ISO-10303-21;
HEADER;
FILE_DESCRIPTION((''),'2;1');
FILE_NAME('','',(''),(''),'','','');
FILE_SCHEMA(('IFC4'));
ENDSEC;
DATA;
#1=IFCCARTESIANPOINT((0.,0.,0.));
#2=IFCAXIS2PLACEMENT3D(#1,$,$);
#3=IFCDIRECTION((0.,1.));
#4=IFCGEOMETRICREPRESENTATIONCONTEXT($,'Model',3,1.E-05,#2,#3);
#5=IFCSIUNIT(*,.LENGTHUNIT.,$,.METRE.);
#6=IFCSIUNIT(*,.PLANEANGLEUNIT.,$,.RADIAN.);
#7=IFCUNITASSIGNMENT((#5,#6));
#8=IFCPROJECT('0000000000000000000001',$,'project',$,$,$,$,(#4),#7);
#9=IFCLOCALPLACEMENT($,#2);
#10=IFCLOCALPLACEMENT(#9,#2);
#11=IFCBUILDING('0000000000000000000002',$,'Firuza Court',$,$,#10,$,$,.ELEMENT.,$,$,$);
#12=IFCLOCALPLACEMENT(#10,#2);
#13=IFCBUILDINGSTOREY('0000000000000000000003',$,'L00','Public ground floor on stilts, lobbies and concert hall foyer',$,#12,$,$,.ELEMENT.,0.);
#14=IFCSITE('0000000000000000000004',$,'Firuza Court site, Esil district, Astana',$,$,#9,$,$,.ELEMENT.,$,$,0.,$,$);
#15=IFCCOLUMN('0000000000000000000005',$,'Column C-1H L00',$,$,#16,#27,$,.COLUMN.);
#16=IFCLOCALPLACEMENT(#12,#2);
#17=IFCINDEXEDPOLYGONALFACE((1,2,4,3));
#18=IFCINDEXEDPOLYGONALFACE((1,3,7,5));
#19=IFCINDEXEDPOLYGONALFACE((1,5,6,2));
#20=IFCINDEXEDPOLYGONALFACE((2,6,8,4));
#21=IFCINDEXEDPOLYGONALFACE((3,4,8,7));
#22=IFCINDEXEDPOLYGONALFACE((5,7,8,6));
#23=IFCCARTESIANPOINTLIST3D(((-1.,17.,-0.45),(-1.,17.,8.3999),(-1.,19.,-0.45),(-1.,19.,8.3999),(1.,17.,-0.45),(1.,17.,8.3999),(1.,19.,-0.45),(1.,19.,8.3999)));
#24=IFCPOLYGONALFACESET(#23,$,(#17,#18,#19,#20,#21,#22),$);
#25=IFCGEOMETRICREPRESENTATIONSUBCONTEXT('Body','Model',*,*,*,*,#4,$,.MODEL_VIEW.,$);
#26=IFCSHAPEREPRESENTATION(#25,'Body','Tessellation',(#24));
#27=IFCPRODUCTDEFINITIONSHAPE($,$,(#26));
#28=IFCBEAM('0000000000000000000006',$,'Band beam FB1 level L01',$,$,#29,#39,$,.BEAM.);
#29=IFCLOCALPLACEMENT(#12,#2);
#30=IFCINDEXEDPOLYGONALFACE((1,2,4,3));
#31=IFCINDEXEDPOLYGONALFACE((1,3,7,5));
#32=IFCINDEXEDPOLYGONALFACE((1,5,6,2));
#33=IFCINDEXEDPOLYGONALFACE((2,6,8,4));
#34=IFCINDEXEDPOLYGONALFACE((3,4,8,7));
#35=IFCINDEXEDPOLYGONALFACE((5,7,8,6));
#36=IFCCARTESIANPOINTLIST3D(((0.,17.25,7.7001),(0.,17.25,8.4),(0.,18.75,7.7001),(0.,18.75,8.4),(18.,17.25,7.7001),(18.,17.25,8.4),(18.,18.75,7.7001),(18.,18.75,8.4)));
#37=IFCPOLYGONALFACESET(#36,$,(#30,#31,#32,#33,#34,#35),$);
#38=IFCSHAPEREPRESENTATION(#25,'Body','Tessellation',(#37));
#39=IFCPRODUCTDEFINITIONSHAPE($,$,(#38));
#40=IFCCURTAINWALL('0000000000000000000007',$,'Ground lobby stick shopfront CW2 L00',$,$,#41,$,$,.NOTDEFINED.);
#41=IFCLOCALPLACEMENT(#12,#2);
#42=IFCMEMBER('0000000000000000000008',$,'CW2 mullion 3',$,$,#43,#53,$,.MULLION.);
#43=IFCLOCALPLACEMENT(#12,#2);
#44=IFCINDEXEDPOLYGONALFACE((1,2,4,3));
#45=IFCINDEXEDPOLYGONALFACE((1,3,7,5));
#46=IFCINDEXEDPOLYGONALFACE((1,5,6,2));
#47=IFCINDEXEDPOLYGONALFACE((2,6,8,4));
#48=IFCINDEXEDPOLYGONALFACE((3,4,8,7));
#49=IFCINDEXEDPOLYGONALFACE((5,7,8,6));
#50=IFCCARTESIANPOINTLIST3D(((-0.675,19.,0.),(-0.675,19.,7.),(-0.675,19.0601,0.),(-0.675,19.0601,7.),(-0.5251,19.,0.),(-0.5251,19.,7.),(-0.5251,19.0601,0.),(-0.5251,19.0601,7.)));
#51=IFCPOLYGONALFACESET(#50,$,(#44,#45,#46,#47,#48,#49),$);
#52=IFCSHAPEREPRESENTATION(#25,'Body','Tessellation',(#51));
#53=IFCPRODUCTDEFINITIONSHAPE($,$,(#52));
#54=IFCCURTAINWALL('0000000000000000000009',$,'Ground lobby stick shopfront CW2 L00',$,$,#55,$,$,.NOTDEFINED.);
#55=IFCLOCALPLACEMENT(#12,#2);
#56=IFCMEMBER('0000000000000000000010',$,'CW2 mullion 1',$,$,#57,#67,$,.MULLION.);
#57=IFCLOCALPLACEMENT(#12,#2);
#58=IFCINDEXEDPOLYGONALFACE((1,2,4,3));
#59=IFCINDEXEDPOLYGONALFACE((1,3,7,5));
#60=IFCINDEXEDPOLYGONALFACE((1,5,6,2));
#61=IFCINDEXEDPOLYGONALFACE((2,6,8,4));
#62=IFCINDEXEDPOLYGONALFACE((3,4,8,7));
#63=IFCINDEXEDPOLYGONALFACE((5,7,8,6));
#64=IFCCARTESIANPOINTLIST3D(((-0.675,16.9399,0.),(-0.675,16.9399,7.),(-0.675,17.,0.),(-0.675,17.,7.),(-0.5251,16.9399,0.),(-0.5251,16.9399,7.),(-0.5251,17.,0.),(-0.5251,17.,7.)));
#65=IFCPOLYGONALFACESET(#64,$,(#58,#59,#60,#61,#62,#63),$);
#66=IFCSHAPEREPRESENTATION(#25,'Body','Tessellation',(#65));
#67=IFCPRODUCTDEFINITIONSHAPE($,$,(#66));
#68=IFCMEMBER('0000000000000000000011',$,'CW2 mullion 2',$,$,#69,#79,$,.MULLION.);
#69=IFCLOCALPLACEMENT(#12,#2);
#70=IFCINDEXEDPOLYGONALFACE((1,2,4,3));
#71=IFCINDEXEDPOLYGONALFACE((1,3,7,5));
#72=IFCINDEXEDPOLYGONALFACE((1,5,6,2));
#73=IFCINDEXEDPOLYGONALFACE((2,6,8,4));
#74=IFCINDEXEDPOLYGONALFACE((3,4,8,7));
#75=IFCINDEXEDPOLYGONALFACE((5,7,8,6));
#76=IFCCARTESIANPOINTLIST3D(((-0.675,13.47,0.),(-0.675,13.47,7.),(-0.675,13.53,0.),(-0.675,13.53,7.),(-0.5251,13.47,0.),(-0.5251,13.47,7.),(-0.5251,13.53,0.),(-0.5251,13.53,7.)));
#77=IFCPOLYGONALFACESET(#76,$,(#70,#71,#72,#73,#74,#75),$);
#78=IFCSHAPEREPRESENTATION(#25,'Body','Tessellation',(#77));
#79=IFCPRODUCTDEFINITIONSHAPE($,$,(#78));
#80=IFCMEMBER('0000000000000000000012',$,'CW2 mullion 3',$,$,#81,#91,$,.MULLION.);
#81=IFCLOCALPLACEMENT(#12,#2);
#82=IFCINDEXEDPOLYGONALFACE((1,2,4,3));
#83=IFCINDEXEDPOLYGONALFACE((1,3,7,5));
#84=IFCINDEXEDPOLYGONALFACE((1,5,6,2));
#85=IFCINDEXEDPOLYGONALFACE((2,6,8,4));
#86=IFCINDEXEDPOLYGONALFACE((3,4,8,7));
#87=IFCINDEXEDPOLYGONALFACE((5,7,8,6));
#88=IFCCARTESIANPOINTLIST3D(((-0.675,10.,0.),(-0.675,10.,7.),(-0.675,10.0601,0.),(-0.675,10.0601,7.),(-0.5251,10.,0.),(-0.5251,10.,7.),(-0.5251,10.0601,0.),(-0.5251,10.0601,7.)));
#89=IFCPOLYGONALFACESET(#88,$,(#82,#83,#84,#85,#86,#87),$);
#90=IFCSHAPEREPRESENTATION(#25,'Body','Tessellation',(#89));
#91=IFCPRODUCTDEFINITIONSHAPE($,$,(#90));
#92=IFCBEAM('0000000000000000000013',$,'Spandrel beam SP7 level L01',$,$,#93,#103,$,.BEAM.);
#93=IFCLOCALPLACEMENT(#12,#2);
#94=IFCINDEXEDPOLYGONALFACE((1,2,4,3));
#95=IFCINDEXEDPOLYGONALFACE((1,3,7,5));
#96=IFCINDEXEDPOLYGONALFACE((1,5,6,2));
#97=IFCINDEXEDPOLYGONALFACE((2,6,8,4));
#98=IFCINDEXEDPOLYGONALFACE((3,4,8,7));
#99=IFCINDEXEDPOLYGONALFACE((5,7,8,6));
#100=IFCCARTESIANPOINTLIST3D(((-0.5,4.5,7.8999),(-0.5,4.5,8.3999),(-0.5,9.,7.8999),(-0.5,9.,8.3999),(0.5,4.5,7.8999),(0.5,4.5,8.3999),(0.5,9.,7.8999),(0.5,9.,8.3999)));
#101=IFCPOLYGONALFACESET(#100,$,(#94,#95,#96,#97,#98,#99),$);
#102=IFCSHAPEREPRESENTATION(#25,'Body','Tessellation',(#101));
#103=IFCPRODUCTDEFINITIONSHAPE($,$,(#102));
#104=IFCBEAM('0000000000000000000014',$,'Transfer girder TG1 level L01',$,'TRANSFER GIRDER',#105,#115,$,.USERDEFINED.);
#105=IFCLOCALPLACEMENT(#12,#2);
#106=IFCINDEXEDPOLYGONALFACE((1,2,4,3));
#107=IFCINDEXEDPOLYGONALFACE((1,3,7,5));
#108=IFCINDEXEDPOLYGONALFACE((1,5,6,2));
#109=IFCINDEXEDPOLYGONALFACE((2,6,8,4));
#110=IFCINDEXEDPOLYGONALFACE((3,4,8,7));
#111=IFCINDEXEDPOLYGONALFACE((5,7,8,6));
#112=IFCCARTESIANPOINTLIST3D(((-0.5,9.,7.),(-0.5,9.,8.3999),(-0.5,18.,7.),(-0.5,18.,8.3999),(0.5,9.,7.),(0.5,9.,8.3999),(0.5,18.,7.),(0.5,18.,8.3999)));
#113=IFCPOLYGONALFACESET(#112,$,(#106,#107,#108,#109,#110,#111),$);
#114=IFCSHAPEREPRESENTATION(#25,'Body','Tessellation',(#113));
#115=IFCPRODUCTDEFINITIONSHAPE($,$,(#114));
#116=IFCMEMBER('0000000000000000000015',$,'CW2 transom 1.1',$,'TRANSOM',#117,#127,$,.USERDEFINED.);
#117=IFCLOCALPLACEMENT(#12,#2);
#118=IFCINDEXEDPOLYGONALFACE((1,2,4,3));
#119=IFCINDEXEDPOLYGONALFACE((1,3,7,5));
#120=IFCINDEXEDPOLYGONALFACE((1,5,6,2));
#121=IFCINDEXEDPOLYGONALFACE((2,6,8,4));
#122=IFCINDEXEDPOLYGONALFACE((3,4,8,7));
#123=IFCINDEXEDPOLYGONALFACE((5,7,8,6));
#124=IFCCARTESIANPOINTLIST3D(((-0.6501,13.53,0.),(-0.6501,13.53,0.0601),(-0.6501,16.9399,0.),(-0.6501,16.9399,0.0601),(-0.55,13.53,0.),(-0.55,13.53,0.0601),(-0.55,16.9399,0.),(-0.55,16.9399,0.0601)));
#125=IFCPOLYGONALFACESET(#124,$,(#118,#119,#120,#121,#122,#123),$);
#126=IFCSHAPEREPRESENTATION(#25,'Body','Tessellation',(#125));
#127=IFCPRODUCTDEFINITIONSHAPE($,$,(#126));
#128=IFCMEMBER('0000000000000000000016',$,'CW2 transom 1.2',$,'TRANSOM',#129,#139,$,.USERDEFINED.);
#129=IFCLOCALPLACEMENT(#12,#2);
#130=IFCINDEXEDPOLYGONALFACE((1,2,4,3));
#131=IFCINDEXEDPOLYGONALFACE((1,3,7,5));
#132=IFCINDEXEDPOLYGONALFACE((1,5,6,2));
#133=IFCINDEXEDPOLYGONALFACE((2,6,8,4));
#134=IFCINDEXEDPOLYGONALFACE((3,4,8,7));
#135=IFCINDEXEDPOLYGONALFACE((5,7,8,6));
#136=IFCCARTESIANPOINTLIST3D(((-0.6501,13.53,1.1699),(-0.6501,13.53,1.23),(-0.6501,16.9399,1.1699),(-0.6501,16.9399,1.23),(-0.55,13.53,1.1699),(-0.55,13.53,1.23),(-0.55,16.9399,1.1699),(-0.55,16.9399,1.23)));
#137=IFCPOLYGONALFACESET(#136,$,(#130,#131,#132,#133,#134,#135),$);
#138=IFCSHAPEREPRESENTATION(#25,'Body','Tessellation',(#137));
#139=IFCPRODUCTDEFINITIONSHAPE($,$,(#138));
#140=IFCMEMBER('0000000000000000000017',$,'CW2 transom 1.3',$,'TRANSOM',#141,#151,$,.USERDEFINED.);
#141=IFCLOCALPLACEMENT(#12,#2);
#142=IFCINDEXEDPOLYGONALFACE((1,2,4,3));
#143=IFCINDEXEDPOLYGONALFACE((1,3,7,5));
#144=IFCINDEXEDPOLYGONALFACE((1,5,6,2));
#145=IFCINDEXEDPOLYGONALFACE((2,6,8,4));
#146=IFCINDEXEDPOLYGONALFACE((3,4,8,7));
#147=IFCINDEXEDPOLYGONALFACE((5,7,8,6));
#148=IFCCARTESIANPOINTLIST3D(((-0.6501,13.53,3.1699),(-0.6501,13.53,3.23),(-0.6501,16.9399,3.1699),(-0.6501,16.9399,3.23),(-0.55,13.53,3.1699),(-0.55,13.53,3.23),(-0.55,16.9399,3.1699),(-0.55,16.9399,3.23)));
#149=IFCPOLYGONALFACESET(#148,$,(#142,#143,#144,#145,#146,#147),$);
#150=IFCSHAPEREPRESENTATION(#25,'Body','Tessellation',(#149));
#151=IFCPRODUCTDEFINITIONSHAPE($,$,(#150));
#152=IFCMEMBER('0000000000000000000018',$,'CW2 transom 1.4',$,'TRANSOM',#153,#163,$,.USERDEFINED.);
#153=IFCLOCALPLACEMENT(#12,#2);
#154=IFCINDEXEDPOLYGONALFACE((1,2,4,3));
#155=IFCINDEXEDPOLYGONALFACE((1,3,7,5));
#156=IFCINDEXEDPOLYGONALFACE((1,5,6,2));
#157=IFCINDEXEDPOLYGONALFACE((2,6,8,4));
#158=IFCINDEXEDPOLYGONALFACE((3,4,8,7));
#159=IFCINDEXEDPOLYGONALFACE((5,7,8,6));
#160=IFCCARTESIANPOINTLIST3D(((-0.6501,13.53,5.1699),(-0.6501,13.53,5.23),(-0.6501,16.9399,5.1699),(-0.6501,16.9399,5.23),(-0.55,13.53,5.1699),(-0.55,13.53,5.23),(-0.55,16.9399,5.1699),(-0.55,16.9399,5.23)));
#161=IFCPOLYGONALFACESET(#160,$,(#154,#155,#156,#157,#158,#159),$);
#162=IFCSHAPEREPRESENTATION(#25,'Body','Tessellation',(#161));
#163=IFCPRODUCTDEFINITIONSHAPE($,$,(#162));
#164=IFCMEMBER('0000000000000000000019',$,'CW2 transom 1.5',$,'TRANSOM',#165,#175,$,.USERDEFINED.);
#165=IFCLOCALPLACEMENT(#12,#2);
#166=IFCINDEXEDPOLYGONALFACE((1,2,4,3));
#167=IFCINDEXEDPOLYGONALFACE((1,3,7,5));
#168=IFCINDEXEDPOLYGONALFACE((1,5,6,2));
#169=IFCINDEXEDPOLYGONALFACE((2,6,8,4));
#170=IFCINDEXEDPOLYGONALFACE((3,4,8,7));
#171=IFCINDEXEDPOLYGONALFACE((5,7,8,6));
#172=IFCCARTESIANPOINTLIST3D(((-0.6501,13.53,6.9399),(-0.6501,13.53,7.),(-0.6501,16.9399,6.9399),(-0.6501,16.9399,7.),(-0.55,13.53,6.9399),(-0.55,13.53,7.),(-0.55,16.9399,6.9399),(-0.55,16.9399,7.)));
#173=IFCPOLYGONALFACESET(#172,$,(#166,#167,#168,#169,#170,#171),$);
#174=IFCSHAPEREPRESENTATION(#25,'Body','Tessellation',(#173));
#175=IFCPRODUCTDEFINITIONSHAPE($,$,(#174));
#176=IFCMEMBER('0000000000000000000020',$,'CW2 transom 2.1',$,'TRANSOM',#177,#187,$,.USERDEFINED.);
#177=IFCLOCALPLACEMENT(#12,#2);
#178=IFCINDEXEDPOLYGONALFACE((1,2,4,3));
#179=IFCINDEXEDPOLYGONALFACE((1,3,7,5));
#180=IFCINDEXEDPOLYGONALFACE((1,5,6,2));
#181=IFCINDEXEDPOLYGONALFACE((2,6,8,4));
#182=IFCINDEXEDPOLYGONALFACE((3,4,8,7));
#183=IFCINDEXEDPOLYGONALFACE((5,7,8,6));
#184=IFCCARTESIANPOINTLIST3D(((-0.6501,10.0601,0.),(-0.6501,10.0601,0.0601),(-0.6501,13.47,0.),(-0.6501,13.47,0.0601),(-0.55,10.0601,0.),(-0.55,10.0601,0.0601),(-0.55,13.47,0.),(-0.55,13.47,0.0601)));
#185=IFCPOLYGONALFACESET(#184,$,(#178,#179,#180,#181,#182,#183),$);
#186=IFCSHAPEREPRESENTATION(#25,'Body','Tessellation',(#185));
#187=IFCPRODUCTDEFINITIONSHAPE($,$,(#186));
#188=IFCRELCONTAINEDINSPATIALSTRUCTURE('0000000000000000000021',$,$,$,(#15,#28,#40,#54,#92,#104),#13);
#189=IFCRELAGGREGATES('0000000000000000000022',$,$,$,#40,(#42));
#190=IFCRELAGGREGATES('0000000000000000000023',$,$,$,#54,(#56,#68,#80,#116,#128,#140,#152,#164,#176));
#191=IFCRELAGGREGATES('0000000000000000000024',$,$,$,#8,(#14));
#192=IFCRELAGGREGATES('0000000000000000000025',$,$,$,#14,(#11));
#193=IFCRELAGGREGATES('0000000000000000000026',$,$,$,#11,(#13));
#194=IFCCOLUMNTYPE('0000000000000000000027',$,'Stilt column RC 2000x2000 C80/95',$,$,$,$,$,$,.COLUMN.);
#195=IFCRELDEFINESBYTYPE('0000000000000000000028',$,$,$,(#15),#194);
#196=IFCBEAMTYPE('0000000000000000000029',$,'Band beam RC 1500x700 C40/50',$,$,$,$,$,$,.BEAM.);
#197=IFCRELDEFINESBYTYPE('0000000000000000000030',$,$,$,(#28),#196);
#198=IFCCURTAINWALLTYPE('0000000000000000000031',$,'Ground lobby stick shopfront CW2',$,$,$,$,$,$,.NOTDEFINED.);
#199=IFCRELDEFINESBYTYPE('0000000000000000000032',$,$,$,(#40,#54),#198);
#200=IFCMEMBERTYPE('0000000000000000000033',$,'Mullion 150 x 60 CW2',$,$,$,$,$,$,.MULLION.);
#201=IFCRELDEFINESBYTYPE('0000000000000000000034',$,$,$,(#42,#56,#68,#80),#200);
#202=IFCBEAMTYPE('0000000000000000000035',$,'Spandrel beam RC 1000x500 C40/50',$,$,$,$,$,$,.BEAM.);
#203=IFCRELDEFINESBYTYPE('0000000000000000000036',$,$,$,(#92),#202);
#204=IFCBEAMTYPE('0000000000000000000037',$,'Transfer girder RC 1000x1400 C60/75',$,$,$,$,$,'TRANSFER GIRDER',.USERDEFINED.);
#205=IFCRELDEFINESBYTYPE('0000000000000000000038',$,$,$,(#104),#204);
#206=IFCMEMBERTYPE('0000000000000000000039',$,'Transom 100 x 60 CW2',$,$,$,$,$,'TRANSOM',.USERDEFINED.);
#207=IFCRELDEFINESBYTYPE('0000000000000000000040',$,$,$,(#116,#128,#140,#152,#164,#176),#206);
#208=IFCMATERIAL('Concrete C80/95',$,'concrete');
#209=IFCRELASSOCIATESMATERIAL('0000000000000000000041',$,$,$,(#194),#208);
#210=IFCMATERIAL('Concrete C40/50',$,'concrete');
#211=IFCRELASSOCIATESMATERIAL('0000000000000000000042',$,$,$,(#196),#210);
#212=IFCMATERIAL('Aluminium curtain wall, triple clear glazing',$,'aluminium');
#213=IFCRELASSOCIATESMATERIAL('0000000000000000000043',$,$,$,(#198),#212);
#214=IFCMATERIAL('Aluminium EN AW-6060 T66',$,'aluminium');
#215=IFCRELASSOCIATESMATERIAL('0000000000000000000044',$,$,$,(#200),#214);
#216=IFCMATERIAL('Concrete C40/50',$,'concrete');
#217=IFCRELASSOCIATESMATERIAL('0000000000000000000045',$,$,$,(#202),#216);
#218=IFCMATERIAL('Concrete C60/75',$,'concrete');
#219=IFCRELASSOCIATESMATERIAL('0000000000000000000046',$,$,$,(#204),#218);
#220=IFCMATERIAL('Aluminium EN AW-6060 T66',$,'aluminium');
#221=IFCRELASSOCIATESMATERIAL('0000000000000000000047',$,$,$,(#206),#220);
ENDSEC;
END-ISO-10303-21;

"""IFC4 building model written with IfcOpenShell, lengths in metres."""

from ifc_helpers import new_model, si_unit, direction, frame, origin, origin_2d, place, context, subcontext, project, spatial, rectangle, extrude, material, material_profile, profile_set, type_object, element, aggregate, save


model = new_model("IFC4")

# Units and contexts
model_context = context("Model", 3, precision=1e-05, world=origin(), true_north=direction((0.0, 1.0)))
body_context = subcontext(model_context, "Body", "Model", "MODEL_VIEW")
ifc_project = project(units=[si_unit("LENGTHUNIT", "METRE"), si_unit("PLANEANGLEUNIT", "RADIAN")], contexts=[model_context])

# Site, building, storey
site_placement = place(None, origin())
site = spatial("IfcSite", under=ifc_project, at=site_placement, Name="Firuza Court site, Esil district, Astana", CompositionType="ELEMENT", RefElevation=0.0)
building_placement = place(site_placement, origin())
building = spatial("IfcBuilding", under=site, at=building_placement, Name="Firuza Court", CompositionType="ELEMENT")
storey_placement = place(building_placement, origin())
storey = spatial("IfcBuildingStorey", under=building, at=storey_placement, Name="L00", Description="Public ground floor on stilts, lobbies and concert hall foyer", CompositionType="ELEMENT", Elevation=0.0)

# Column
ifc_material_1 = material(Name="Concrete C80/95", Category="concrete")
ifc_material_profile_1 = material_profile(ifc_material_1, rectangle(XDim=2.0, YDim=2.0, at=origin_2d()), Name="RC 2000x2000")
ifc_profile_set_1 = profile_set([ifc_material_profile_1], Name="Concrete C80/95")
column_type = type_object("IfcColumnType", Name="Stilt column RC 2000x2000 C80/95", PredefinedType="COLUMN", material=ifc_profile_set_1)
column_placement = place(storey_placement, frame((0.0, 18.0, -0.45), z_axis=(0.0, 0.0, 1.0), x_axis=(1.0, 0.0, 0.0)))
element("IfcColumn", 1, at=column_placement, inside=storey, type_object=column_type, Name="Column C-1H L00", PredefinedType="COLUMN", context=body_context, shape_type="SweptSolid", body=[
    extrude(rectangle(XDim=2.0, YDim=2.0, at=origin_2d()), origin(), (0.0, 0.0, 1.0), 8.8499),
])

# Beam
ifc_material_2 = material(Name="Concrete C40/50", Category="concrete")
ifc_material_profile_2 = material_profile(ifc_material_2, rectangle(XDim=1.5, YDim=0.7, at=origin_2d()), Name="RC 1500x700")
ifc_profile_set_2 = profile_set([ifc_material_profile_2], Name="Concrete C40/50")
beam_type_1 = type_object("IfcBeamType", Name="Band beam RC 1500x700 C40/50", PredefinedType="BEAM", material=ifc_profile_set_2)
beam_1_placement = place(storey_placement, frame((0.0, 18.0, 8.05), z_axis=(1.0, 0.0, 0.0), x_axis=(0.0, 1.0, 0.0)))
element("IfcBeam", 2, at=beam_1_placement, inside=storey, type_object=beam_type_1, Name="Band beam FB1 level L01", PredefinedType="BEAM", context=body_context, shape_type="SweptSolid", body=[
    extrude(rectangle(XDim=1.5, YDim=0.7, at=origin_2d()), origin(), (0.0, 0.0, 1.0), 18.0),
])

# Curtain wall, member
ifc_material_3 = material(Name="Aluminium curtain wall, triple clear glazing", Category="aluminium")
curtain_wall_type = type_object("IfcCurtainWallType", Name="Ground lobby stick shopfront CW2", PredefinedType="NOTDEFINED", material=ifc_material_3)
curtain_wall_1_placement = place(storey_placement, origin())
curtain_wall_1 = element("IfcCurtainWall", 3, at=curtain_wall_1_placement, inside=storey, type_object=curtain_wall_type, Name="Ground lobby stick shopfront CW2 L00", PredefinedType="NOTDEFINED")
ifc_material_4 = material(Name="Aluminium EN AW-6060 T66", Category="aluminium")
ifc_material_profile_3 = material_profile(ifc_material_4, rectangle(XDim=0.1499, YDim=0.0601, at=origin_2d()), Name="Mullion 150 x 60 CW2")
ifc_profile_set_3 = profile_set([ifc_material_profile_3], Name="Aluminium EN AW-6060 T66")
member_type_1 = type_object("IfcMemberType", Name="Mullion 150 x 60 CW2", PredefinedType="MULLION", material=ifc_profile_set_3)
member_1_placement = place(storey_placement, frame((-0.6001, 19.03, 0.0), z_axis=(0.0, 0.0, 1.0), x_axis=(1.0, 0.0, 0.0)))
member_1 = element("IfcMember", 4, at=member_1_placement, type_object=member_type_1, Name="CW2 mullion 3", PredefinedType="MULLION", context=body_context, shape_type="SweptSolid", body=[
    extrude(rectangle(XDim=0.1499, YDim=0.0601, at=origin_2d()), origin(), (0.0, 0.0, 1.0), 7.0),
])

# Curtain wall, members
curtain_wall_2_placement = place(storey_placement, origin())
curtain_wall_2 = element("IfcCurtainWall", 5, at=curtain_wall_2_placement, inside=storey, type_object=curtain_wall_type, Name="Ground lobby stick shopfront CW2 L00", PredefinedType="NOTDEFINED")
member_2_placement = place(storey_placement, frame((-0.6001, 16.97, 0.0), z_axis=(0.0, 0.0, 1.0), x_axis=(1.0, 0.0, 0.0)))
member_2 = element("IfcMember", 6, at=member_2_placement, type_object=member_type_1, Name="CW2 mullion 1", PredefinedType="MULLION", context=body_context, shape_type="SweptSolid", body=[
    extrude(rectangle(XDim=0.1499, YDim=0.0601, at=origin_2d()), origin(), (0.0, 0.0, 1.0), 7.0),
])
member_3_placement = place(storey_placement, frame((-0.6001, 13.5, 0.0), z_axis=(0.0, 0.0, 1.0), x_axis=(1.0, 0.0, 0.0)))
member_3 = element("IfcMember", 7, at=member_3_placement, type_object=member_type_1, Name="CW2 mullion 2", PredefinedType="MULLION", context=body_context, shape_type="SweptSolid", body=[
    extrude(rectangle(XDim=0.1499, YDim=0.0601, at=origin_2d()), origin(), (0.0, 0.0, 1.0), 7.0),
])
member_4_placement = place(storey_placement, frame((-0.6001, 10.03, 0.0), z_axis=(0.0, 0.0, 1.0), x_axis=(1.0, 0.0, 0.0)))
member_4 = element("IfcMember", 8, at=member_4_placement, type_object=member_type_1, Name="CW2 mullion 3", PredefinedType="MULLION", context=body_context, shape_type="SweptSolid", body=[
    extrude(rectangle(XDim=0.1499, YDim=0.0601, at=origin_2d()), origin(), (0.0, 0.0, 1.0), 7.0),
])

# Beams
ifc_material_5 = material(Name="Concrete C40/50", Category="concrete")
ifc_material_profile_4 = material_profile(ifc_material_5, rectangle(XDim=1.0, YDim=0.5, at=origin_2d()), Name="RC 1000x500")
ifc_profile_set_4 = profile_set([ifc_material_profile_4], Name="Concrete C40/50")
beam_type_2 = type_object("IfcBeamType", Name="Spandrel beam RC 1000x500 C40/50", PredefinedType="BEAM", material=ifc_profile_set_4)
beam_2_placement = place(storey_placement, frame((0.0, 9.0, 8.1499), z_axis=(0.0, -1.0, 0.0), x_axis=(1.0, 0.0, 0.0)))
element("IfcBeam", 9, at=beam_2_placement, inside=storey, type_object=beam_type_2, Name="Spandrel beam SP7 level L01", PredefinedType="BEAM", context=body_context, shape_type="SweptSolid", body=[
    extrude(rectangle(XDim=1.0, YDim=0.5, at=origin_2d()), origin(), (0.0, 0.0, 1.0), 4.5),
])
ifc_material_6 = material(Name="Concrete C60/75", Category="concrete")
ifc_material_profile_5 = material_profile(ifc_material_6, rectangle(XDim=1.0, YDim=1.3999, at=origin_2d()), Name="RC 1000x1400")
ifc_profile_set_5 = profile_set([ifc_material_profile_5], Name="Concrete C60/75")
beam_type_3 = type_object("IfcBeamType", Name="Transfer girder RC 1000x1400 C60/75", ElementType="TRANSFER GIRDER", PredefinedType="USERDEFINED", material=ifc_profile_set_5)
beam_3_placement = place(storey_placement, frame((0.0, 18.0, 7.7), z_axis=(0.0, -1.0, 0.0), x_axis=(1.0, 0.0, 0.0)))
element("IfcBeam", 10, at=beam_3_placement, inside=storey, type_object=beam_type_3, Name="Transfer girder TG1 level L01", ObjectType="TRANSFER GIRDER", PredefinedType="USERDEFINED", context=body_context, shape_type="SweptSolid", body=[
    extrude(rectangle(XDim=1.0, YDim=1.3999, at=origin_2d()), origin(), (0.0, 0.0, 1.0), 9.0),
])

# Members
ifc_material_7 = material(Name="Aluminium EN AW-6060 T66", Category="aluminium")
ifc_material_profile_6 = material_profile(ifc_material_7, rectangle(XDim=0.1001, YDim=0.0601, at=origin_2d()), Name="Transom 100 x 60 CW2")
ifc_profile_set_6 = profile_set([ifc_material_profile_6], Name="Aluminium EN AW-6060 T66")
member_type_2 = type_object("IfcMemberType", Name="Transom 100 x 60 CW2", ElementType="TRANSOM", PredefinedType="USERDEFINED", material=ifc_profile_set_6)
member_5_placement = place(storey_placement, frame((-0.6001, 16.9399, 0.03), z_axis=(0.0, -1.0, 0.0), x_axis=(1.0, 0.0, 0.0)))
member_5 = element("IfcMember", 11, at=member_5_placement, type_object=member_type_2, Name="CW2 transom 1.1", ObjectType="TRANSOM", PredefinedType="USERDEFINED", context=body_context, shape_type="SweptSolid", body=[
    extrude(rectangle(XDim=0.1001, YDim=0.0601, at=origin_2d()), origin(), (0.0, 0.0, 1.0), 3.4099),
])
member_6_placement = place(storey_placement, frame((-0.6001, 16.9399, 1.2), z_axis=(0.0, -1.0, 0.0), x_axis=(1.0, 0.0, 0.0)))
member_6 = element("IfcMember", 12, at=member_6_placement, type_object=member_type_2, Name="CW2 transom 1.2", ObjectType="TRANSOM", PredefinedType="USERDEFINED", context=body_context, shape_type="SweptSolid", body=[
    extrude(rectangle(XDim=0.1001, YDim=0.0601, at=origin_2d()), origin(), (0.0, 0.0, 1.0), 3.4099),
])
member_7_placement = place(storey_placement, frame((-0.6001, 16.9399, 3.2), z_axis=(0.0, -1.0, 0.0), x_axis=(1.0, 0.0, 0.0)))
member_7 = element("IfcMember", 13, at=member_7_placement, type_object=member_type_2, Name="CW2 transom 1.3", ObjectType="TRANSOM", PredefinedType="USERDEFINED", context=body_context, shape_type="SweptSolid", body=[
    extrude(rectangle(XDim=0.1001, YDim=0.0601, at=origin_2d()), origin(), (0.0, 0.0, 1.0), 3.4099),
])
member_8_placement = place(storey_placement, frame((-0.6001, 16.9399, 5.2), z_axis=(0.0, -1.0, 0.0), x_axis=(1.0, 0.0, 0.0)))
member_8 = element("IfcMember", 14, at=member_8_placement, type_object=member_type_2, Name="CW2 transom 1.4", ObjectType="TRANSOM", PredefinedType="USERDEFINED", context=body_context, shape_type="SweptSolid", body=[
    extrude(rectangle(XDim=0.1001, YDim=0.0601, at=origin_2d()), origin(), (0.0, 0.0, 1.0), 3.4099),
])
member_9_placement = place(storey_placement, frame((-0.6001, 16.9399, 6.97), z_axis=(0.0, -1.0, 0.0), x_axis=(1.0, 0.0, 0.0)))
member_9 = element("IfcMember", 15, at=member_9_placement, type_object=member_type_2, Name="CW2 transom 1.5", ObjectType="TRANSOM", PredefinedType="USERDEFINED", context=body_context, shape_type="SweptSolid", body=[
    extrude(rectangle(XDim=0.1001, YDim=0.0601, at=origin_2d()), origin(), (0.0, 0.0, 1.0), 3.4099),
])
member_10_placement = place(storey_placement, frame((-0.6001, 13.47, 0.03), z_axis=(0.0, -1.0, 0.0), x_axis=(1.0, 0.0, 0.0)))
member_10 = element("IfcMember", 16, at=member_10_placement, type_object=member_type_2, Name="CW2 transom 2.1", ObjectType="TRANSOM", PredefinedType="USERDEFINED", context=body_context, shape_type="SweptSolid", body=[
    extrude(rectangle(XDim=0.1001, YDim=0.0601, at=origin_2d()), origin(), (0.0, 0.0, 1.0), 3.4099),
])

aggregate(curtain_wall_1, [member_1])
aggregate(curtain_wall_2, [member_2, member_3, member_4, member_5, member_6, member_7, member_8, member_9, member_10])

save(model, "model.ifc")
